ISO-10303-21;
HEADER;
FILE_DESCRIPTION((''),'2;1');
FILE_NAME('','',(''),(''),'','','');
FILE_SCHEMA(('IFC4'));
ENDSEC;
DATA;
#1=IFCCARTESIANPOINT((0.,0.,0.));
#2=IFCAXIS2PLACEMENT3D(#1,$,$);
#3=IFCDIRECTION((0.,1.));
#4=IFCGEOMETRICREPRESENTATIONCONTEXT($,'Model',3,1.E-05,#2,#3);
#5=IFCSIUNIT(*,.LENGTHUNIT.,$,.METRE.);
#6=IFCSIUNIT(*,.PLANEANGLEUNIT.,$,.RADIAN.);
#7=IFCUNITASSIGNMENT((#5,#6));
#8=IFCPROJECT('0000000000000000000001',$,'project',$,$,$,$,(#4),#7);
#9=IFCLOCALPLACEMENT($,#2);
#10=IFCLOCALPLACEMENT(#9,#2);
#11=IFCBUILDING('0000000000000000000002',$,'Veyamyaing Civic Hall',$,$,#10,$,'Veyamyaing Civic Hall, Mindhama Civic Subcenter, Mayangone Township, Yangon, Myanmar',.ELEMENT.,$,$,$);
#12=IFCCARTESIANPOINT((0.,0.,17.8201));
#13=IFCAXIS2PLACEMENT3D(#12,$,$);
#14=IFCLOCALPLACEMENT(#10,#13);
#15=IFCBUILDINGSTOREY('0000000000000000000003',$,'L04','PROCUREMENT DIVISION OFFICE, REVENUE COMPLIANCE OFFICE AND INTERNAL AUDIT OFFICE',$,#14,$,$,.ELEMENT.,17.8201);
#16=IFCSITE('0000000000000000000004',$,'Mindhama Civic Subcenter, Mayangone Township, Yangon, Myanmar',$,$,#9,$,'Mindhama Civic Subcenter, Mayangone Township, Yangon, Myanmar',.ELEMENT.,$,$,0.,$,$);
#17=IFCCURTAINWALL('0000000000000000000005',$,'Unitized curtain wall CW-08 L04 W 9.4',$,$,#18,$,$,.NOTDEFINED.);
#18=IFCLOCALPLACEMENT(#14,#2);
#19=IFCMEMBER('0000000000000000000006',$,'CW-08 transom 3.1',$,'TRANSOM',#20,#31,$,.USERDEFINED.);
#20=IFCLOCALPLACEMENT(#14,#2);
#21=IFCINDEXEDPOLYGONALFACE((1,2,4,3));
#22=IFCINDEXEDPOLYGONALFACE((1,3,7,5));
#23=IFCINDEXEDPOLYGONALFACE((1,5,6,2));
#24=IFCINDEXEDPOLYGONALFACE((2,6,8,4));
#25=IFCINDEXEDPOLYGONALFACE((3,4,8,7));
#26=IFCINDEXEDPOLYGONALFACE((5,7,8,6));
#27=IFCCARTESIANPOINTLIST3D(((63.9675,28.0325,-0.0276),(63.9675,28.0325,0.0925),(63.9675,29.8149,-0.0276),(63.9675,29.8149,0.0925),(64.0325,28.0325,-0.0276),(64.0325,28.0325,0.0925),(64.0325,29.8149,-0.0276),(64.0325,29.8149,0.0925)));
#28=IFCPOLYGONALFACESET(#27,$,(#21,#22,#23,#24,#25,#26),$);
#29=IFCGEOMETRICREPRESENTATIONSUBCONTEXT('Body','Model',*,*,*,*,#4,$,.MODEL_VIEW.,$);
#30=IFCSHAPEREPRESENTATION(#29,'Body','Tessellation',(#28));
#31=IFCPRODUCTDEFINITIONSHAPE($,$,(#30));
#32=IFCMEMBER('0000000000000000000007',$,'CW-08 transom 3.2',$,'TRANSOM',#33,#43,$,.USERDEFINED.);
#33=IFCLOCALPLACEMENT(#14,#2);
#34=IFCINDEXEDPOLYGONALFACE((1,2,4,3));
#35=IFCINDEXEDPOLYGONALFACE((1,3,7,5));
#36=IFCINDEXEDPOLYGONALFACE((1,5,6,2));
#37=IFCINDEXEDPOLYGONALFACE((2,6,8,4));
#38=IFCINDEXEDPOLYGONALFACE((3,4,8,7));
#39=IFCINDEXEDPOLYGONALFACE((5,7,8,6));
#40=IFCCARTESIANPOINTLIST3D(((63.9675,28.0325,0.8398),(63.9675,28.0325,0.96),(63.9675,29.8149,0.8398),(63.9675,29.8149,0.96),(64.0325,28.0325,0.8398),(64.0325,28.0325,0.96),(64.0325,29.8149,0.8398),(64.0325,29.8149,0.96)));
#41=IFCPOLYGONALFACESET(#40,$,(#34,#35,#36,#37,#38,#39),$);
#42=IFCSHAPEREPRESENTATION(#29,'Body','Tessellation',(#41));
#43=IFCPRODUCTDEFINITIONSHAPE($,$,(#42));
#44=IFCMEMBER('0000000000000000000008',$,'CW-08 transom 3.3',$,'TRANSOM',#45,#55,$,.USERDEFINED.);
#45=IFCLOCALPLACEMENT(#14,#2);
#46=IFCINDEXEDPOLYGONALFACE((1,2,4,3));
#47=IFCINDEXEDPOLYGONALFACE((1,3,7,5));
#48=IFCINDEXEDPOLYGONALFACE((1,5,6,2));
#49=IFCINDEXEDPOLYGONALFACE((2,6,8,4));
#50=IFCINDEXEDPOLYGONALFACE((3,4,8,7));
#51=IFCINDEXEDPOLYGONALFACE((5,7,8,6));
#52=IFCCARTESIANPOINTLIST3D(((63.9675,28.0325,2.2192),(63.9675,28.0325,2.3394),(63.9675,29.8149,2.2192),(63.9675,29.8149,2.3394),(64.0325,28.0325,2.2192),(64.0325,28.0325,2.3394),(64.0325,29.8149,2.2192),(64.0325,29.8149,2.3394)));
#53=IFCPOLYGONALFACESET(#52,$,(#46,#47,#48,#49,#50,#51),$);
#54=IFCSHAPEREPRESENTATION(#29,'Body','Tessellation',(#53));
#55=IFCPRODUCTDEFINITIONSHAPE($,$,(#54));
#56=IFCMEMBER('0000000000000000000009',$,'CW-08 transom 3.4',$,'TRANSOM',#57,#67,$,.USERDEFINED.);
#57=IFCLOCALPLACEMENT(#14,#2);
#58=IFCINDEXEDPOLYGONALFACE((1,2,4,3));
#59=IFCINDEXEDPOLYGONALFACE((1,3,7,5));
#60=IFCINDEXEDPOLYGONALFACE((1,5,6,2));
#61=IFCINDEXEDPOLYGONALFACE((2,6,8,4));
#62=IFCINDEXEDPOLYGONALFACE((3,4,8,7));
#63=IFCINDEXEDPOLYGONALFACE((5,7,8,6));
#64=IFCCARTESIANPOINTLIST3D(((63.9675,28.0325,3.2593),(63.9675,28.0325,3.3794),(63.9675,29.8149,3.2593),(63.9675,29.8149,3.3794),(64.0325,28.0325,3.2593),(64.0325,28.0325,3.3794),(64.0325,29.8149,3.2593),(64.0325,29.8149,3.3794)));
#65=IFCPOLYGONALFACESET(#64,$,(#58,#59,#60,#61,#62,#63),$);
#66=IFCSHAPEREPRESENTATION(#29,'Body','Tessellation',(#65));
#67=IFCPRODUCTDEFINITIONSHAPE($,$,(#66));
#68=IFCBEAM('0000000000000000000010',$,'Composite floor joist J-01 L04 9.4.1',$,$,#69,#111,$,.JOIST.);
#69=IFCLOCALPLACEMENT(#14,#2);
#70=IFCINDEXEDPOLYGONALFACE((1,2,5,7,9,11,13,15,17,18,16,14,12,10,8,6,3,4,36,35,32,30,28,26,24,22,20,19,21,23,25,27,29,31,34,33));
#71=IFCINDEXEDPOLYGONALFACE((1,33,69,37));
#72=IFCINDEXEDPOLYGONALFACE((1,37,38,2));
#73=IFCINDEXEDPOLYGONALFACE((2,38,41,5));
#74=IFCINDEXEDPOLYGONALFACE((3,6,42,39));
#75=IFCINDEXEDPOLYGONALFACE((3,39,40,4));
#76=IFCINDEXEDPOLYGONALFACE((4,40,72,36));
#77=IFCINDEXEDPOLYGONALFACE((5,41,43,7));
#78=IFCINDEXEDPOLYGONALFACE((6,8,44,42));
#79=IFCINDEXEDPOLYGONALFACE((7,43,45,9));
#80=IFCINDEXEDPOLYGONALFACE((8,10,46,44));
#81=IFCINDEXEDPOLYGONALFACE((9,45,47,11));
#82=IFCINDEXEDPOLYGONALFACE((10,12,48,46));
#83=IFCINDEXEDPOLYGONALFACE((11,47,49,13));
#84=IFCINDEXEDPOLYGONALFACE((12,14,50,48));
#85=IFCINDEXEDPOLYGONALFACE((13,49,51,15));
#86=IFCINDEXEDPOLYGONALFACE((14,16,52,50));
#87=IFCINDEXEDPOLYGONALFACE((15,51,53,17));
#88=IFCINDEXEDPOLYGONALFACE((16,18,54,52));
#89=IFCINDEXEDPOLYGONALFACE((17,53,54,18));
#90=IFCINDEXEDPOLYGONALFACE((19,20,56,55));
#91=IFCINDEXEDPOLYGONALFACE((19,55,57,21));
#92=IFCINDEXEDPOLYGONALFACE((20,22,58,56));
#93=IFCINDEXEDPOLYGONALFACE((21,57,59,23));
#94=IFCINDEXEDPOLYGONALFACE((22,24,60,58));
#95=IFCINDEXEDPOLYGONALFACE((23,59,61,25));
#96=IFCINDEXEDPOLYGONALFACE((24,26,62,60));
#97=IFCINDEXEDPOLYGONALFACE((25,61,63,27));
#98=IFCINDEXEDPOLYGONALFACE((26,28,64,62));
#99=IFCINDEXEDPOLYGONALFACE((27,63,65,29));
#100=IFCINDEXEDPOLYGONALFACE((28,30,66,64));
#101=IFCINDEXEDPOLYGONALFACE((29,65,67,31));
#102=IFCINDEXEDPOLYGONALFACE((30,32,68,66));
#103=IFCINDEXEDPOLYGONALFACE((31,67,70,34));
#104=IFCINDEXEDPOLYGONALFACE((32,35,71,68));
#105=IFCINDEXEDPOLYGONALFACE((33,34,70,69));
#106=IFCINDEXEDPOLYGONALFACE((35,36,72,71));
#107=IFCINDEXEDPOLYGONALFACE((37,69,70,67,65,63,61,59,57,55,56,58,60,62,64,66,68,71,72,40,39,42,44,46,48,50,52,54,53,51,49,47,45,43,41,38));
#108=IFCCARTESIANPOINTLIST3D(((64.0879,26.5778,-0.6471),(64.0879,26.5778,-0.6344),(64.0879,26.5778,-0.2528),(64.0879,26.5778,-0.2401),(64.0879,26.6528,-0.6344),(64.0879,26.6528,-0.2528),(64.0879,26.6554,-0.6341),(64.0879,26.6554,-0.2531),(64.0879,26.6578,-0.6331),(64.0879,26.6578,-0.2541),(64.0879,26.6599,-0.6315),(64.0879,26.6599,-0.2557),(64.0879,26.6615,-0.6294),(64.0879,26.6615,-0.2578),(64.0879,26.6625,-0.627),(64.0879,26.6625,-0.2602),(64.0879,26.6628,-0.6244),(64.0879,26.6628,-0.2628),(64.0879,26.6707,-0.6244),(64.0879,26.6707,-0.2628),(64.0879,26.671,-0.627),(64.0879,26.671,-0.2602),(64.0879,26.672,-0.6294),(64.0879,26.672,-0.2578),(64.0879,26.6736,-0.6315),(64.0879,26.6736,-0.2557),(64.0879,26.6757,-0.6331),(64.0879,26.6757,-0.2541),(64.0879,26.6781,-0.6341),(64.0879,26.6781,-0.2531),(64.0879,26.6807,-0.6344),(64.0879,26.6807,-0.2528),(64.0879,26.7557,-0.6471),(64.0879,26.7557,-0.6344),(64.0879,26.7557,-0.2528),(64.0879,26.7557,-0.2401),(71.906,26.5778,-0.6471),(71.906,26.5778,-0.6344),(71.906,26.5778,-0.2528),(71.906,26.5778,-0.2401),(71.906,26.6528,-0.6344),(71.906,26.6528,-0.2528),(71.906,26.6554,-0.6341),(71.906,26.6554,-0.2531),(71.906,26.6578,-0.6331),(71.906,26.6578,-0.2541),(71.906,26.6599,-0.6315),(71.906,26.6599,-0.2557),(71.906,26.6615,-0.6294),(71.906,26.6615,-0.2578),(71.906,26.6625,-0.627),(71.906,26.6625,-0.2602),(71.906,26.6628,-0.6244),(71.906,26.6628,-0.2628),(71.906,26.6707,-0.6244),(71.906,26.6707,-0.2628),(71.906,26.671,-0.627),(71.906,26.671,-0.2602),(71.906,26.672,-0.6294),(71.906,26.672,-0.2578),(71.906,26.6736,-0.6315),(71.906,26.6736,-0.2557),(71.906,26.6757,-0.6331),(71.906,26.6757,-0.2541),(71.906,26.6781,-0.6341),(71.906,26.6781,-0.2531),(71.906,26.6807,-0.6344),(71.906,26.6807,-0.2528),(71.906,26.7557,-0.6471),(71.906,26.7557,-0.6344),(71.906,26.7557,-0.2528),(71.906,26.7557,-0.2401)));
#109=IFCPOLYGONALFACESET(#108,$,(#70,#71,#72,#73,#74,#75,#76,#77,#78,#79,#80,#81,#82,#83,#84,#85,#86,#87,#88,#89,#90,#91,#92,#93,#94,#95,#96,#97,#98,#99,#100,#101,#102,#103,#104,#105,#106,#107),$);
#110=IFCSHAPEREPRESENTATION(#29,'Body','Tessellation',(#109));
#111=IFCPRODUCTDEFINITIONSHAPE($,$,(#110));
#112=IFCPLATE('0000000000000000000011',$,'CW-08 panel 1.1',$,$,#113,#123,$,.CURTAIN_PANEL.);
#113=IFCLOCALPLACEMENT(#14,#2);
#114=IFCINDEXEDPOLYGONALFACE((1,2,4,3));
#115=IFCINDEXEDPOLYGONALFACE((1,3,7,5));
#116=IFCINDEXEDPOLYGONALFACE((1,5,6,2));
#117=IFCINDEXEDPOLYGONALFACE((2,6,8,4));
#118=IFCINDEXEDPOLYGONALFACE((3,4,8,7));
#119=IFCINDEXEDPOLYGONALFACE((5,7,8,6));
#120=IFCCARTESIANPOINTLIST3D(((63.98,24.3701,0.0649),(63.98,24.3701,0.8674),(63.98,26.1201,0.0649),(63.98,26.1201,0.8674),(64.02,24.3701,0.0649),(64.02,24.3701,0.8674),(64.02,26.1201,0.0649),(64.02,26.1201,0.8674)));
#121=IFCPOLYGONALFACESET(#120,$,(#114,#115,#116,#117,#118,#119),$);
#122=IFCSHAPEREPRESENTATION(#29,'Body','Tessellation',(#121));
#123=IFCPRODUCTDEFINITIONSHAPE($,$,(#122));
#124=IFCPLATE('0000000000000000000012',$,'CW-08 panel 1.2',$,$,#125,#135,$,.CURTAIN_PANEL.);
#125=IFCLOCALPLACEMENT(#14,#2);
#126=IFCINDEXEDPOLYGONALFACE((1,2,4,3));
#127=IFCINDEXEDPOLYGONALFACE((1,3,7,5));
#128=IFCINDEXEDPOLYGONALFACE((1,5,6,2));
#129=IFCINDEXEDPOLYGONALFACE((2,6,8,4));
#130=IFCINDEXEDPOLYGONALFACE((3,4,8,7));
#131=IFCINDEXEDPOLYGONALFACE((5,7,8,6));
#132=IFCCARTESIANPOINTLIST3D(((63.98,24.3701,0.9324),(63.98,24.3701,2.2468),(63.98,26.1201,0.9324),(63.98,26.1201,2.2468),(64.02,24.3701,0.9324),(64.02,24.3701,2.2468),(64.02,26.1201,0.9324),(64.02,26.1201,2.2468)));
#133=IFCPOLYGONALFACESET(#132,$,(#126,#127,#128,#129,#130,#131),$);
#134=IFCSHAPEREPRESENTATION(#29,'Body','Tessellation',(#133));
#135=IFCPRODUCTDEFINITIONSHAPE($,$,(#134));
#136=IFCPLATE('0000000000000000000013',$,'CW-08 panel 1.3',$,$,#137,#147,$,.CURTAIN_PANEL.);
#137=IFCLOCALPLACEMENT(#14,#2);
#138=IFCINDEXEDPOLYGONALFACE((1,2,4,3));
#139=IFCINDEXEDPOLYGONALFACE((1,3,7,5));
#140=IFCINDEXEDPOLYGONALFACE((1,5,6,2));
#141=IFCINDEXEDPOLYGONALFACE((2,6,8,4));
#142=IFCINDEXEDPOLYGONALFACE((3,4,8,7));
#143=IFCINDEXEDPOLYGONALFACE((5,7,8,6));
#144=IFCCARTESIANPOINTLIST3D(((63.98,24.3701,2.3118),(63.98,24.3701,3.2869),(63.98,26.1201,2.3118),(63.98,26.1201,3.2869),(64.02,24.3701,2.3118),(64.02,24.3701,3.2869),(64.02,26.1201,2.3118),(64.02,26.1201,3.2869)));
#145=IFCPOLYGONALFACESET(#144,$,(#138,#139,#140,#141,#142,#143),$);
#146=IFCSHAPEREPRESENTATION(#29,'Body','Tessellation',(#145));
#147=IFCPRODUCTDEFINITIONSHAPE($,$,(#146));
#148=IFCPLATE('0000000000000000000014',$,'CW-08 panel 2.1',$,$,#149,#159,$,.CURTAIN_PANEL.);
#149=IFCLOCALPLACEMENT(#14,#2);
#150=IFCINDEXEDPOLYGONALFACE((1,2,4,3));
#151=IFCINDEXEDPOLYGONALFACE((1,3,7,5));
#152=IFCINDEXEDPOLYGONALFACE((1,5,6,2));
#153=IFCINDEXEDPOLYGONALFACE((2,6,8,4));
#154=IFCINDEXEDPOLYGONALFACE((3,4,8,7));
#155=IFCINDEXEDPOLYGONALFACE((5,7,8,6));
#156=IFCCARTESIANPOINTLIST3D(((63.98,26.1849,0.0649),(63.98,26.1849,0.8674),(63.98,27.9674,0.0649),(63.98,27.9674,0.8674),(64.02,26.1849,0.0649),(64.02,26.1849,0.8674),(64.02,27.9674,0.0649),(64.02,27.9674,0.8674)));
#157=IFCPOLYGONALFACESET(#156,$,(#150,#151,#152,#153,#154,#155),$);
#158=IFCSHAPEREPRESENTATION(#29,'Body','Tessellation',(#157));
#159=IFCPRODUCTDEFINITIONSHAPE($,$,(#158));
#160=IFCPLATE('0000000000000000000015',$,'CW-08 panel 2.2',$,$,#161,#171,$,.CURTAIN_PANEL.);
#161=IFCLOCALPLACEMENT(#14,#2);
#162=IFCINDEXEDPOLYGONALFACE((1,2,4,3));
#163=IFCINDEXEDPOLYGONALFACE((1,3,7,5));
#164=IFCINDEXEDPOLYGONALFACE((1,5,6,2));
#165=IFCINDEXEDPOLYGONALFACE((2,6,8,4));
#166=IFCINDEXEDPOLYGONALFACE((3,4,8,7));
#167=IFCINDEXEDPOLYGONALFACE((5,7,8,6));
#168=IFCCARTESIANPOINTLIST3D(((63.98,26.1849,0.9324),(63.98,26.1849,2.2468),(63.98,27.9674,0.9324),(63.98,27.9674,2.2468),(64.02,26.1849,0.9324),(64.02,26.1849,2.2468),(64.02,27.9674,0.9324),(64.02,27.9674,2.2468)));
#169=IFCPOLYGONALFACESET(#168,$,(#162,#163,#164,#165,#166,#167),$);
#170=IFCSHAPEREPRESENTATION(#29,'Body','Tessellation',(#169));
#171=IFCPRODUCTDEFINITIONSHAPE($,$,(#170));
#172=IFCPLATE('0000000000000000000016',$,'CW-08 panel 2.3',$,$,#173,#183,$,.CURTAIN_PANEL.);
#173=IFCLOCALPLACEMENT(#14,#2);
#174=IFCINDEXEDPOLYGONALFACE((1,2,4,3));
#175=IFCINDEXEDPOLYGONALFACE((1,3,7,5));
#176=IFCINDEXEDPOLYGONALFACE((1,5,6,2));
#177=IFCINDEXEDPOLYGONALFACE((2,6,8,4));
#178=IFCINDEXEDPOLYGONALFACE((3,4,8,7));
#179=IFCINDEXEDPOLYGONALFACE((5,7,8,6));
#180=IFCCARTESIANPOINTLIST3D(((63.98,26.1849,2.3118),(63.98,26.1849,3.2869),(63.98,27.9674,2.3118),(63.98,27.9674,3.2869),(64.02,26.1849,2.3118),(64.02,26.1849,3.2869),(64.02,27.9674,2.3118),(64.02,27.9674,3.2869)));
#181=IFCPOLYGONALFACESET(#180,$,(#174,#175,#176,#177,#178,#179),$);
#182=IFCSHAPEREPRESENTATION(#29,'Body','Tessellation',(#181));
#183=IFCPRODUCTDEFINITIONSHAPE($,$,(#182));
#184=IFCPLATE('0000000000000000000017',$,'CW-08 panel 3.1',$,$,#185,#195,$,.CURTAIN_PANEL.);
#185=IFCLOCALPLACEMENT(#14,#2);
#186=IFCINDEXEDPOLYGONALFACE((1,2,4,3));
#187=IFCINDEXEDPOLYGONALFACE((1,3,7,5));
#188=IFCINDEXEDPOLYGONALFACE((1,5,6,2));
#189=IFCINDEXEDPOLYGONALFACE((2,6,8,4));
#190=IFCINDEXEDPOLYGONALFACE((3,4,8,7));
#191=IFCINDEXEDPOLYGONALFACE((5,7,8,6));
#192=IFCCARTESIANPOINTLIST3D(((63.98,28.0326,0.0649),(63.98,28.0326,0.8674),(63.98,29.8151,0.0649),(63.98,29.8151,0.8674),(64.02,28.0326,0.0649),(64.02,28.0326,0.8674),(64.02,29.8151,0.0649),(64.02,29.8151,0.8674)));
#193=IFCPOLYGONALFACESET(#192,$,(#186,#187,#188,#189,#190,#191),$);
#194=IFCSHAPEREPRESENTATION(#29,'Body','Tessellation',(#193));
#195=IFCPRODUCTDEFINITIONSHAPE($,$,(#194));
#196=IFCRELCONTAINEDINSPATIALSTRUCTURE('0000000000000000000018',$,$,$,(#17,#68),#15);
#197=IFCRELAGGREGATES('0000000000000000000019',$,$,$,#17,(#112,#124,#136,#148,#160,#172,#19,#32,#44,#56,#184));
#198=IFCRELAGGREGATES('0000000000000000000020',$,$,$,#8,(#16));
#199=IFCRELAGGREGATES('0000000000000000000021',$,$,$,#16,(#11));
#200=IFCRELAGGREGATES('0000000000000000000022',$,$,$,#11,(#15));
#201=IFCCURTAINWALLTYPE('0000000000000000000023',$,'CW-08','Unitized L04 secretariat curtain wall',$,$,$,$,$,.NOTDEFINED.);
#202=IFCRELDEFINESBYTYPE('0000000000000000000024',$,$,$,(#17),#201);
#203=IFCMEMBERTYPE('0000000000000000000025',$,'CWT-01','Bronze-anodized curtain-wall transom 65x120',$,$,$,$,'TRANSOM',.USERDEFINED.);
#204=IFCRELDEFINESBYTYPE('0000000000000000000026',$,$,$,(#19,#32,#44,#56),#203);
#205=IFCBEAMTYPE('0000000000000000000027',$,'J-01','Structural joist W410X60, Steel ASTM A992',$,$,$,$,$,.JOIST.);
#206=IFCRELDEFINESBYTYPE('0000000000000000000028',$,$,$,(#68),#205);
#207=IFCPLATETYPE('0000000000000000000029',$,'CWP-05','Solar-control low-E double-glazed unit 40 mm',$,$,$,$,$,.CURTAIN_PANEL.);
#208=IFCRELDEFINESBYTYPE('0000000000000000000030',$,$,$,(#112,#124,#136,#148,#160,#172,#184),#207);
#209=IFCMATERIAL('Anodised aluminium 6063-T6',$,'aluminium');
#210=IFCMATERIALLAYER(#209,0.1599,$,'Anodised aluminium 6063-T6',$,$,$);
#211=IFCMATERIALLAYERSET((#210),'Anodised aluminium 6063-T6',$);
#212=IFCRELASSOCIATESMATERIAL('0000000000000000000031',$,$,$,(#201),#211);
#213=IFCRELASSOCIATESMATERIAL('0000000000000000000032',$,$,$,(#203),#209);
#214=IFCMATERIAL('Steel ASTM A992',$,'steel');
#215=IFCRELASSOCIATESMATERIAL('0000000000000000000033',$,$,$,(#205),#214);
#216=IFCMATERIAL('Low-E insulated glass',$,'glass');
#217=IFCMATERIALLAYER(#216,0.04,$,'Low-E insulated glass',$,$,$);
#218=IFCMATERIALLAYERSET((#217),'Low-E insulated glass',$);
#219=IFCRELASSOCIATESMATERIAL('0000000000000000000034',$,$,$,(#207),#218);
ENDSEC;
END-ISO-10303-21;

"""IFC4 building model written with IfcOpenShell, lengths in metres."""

from ifc_helpers import new_model, si_unit, direction, frame, origin, origin_2d, place, context, subcontext, project, spatial, rectangle, i_section, extrude, material, layer, layer_set, material_profile, profile_set, type_object, element, aggregate, save


model = new_model("IFC4")

# Units and contexts
model_context = context("Model", 3, precision=1e-05, world=origin(), true_north=direction((0.0, 1.0)))
body_context = subcontext(model_context, "Body", "Model", "MODEL_VIEW")
ifc_project = project(units=[si_unit("LENGTHUNIT", "METRE"), si_unit("PLANEANGLEUNIT", "RADIAN")], contexts=[model_context])

# Site, building, storey
site_placement = place(None, origin())
site = spatial("IfcSite", under=ifc_project, at=site_placement, Name="Mindhama Civic Subcenter, Mayangone Township, Yangon, Myanmar", LongName="Mindhama Civic Subcenter, Mayangone Township, Yangon, Myanmar", CompositionType="ELEMENT", RefElevation=0.0)
building_placement = place(site_placement, origin())
building = spatial("IfcBuilding", under=site, at=building_placement, Name="Veyamyaing Civic Hall", LongName="Veyamyaing Civic Hall, Mindhama Civic Subcenter, Mayangone Township, Yangon, Myanmar", CompositionType="ELEMENT")
storey_placement = place(building_placement, frame((0.0, 0.0, 17.8201)))
storey = spatial("IfcBuildingStorey", under=building, at=storey_placement, Name="L04", Description="PROCUREMENT DIVISION OFFICE, REVENUE COMPLIANCE OFFICE AND INTERNAL AUDIT OFFICE", CompositionType="ELEMENT", Elevation=17.8201)

# Shared definitions
ifc_material_1 = material(Name="Steel ASTM A992", Category="steel")

# Curtain wall, members
ifc_material_2 = material(Name="Anodised aluminium 6063-T6", Category="aluminium")
ifc_layer_1 = layer(ifc_material_2, 0.1599, Name="Anodised aluminium 6063-T6")
ifc_layer_set_1 = layer_set([ifc_layer_1], Name="Anodised aluminium 6063-T6")
curtain_wall_type = type_object("IfcCurtainWallType", Name="CW-08", Description="Unitized L04 secretariat curtain wall", PredefinedType="NOTDEFINED", material=ifc_layer_set_1)
curtain_wall_placement = place(storey_placement, origin())
curtain_wall = element("IfcCurtainWall", 1, at=curtain_wall_placement, inside=storey, type_object=curtain_wall_type, Name="Unitized curtain wall CW-08 L04 W 9.4", PredefinedType="NOTDEFINED")
ifc_material_profile_1 = material_profile(ifc_material_2, rectangle(XDim=0.0649, YDim=0.1201, at=origin_2d()), Name="ALU-TRN-65X120")
ifc_profile_set_1 = profile_set([ifc_material_profile_1], Name="Anodised aluminium 6063-T6")
member_type_1 = type_object("IfcMemberType", Name="CWT-01", Description="Bronze-anodized curtain-wall transom 65x120", ElementType="TRANSOM", PredefinedType="USERDEFINED", material=ifc_profile_set_1)
member_1_placement = place(storey_placement, frame((64.0, 28.0325, 0.0325), z_axis=(0.0, 1.0, 0.0), x_axis=(-1.0, 0.0, 0.0)))
member_1 = element("IfcMember", 2, at=member_1_placement, type_object=member_type_1, Name="CW-08 transom 3.1", ObjectType="TRANSOM", PredefinedType="USERDEFINED", context=body_context, shape_type="SweptSolid", body=[
    extrude(rectangle(XDim=0.0649, YDim=0.1201, at=origin_2d()), origin(), (0.0, 0.0, 1.0), 1.7825),
])
member_2_placement = place(storey_placement, frame((64.0, 28.0325, 0.8999), z_axis=(0.0, 1.0, 0.0), x_axis=(-1.0, 0.0, 0.0)))
member_2 = element("IfcMember", 3, at=member_2_placement, type_object=member_type_1, Name="CW-08 transom 3.2", ObjectType="TRANSOM", PredefinedType="USERDEFINED", context=body_context, shape_type="SweptSolid", body=[
    extrude(rectangle(XDim=0.0649, YDim=0.1201, at=origin_2d()), origin(), (0.0, 0.0, 1.0), 1.7825),
])
member_3_placement = place(storey_placement, frame((64.0, 28.0325, 2.2793), z_axis=(0.0, 1.0, 0.0), x_axis=(-1.0, 0.0, 0.0)))
member_3 = element("IfcMember", 4, at=member_3_placement, type_object=member_type_1, Name="CW-08 transom 3.3", ObjectType="TRANSOM", PredefinedType="USERDEFINED", context=body_context, shape_type="SweptSolid", body=[
    extrude(rectangle(XDim=0.0649, YDim=0.1201, at=origin_2d()), origin(), (0.0, 0.0, 1.0), 1.7825),
])
member_4_placement = place(storey_placement, frame((64.0, 28.0325, 3.3193), z_axis=(0.0, 1.0, 0.0), x_axis=(-1.0, 0.0, 0.0)))
member_4 = element("IfcMember", 5, at=member_4_placement, type_object=member_type_1, Name="CW-08 transom 3.4", ObjectType="TRANSOM", PredefinedType="USERDEFINED", context=body_context, shape_type="SweptSolid", body=[
    extrude(rectangle(XDim=0.0649, YDim=0.1201, at=origin_2d()), origin(), (0.0, 0.0, 1.0), 1.7825),
])

# Beam
ifc_material_profile_2 = material_profile(ifc_material_1, i_section(OverallWidth=0.178, OverallDepth=0.407, WebThickness=0.0078, FlangeThickness=0.0127, FilletRadius=0.01, at=origin_2d()), Name="W410X60")
ifc_profile_set_2 = profile_set([ifc_material_profile_2], Name="Steel ASTM A992")
beam_type_1 = type_object("IfcBeamType", Name="J-01", Description="Structural joist W410X60, Steel ASTM A992", PredefinedType="JOIST", material=ifc_profile_set_2)
beam_1_placement = place(storey_placement, frame((64.0879, 26.6667, -0.4436), z_axis=(1.0, 0.0, 0.0), x_axis=(0.0, 1.0, 0.0)))
element("IfcBeam", 6, at=beam_1_placement, inside=storey, type_object=beam_type_1, Name="Composite floor joist J-01 L04 9.4.1", PredefinedType="JOIST", context=body_context, shape_type="SweptSolid", body=[
    extrude(i_section(OverallWidth=0.178, OverallDepth=0.407, WebThickness=0.0078, FlangeThickness=0.0127, FilletRadius=0.01, at=origin_2d()), origin(), (0.0, 0.0, 1.0), 7.8181),
])

# Plates
ifc_material_3 = material(Name="Low-E insulated glass", Category="glass")
ifc_layer_2 = layer(ifc_material_3, 0.04, Name="Low-E insulated glass")
ifc_layer_set_2 = layer_set([ifc_layer_2], Name="Low-E insulated glass")
plate_type = type_object("IfcPlateType", Name="CWP-05", Description="Solar-control low-E double-glazed unit 40 mm", PredefinedType="CURTAIN_PANEL", material=ifc_layer_set_2)
plate_1_placement = place(storey_placement, frame((64.0, 25.2451, 0.0649), z_axis=(0.0, 0.0, 1.0), x_axis=(0.0, 1.0, 0.0)))
plate_1 = element("IfcPlate", 7, at=plate_1_placement, type_object=plate_type, Name="CW-08 panel 1.1", PredefinedType="CURTAIN_PANEL", context=body_context, shape_type="SweptSolid", body=[
    extrude(rectangle(XDim=1.75, YDim=0.04, at=origin_2d()), origin(), (0.0, 0.0, 1.0), 0.8025),
])
plate_2_placement = place(storey_placement, frame((64.0, 25.2451, 0.9324), z_axis=(0.0, 0.0, 1.0), x_axis=(0.0, 1.0, 0.0)))
plate_2 = element("IfcPlate", 8, at=plate_2_placement, type_object=plate_type, Name="CW-08 panel 1.2", PredefinedType="CURTAIN_PANEL", context=body_context, shape_type="SweptSolid", body=[
    extrude(rectangle(XDim=1.75, YDim=0.04, at=origin_2d()), origin(), (0.0, 0.0, 1.0), 1.3145),
])
plate_3_placement = place(storey_placement, frame((64.0, 25.2451, 2.3118), z_axis=(0.0, 0.0, 1.0), x_axis=(0.0, 1.0, 0.0)))
plate_3 = element("IfcPlate", 9, at=plate_3_placement, type_object=plate_type, Name="CW-08 panel 1.3", PredefinedType="CURTAIN_PANEL", context=body_context, shape_type="SweptSolid", body=[
    extrude(rectangle(XDim=1.75, YDim=0.04, at=origin_2d()), origin(), (0.0, 0.0, 1.0), 0.9751),
])
plate_4_placement = place(storey_placement, frame((64.0, 27.0762, 0.0649), z_axis=(0.0, 0.0, 1.0), x_axis=(0.0, 1.0, 0.0)))
plate_4 = element("IfcPlate", 10, at=plate_4_placement, type_object=plate_type, Name="CW-08 panel 2.1", PredefinedType="CURTAIN_PANEL", context=body_context, shape_type="SweptSolid", body=[
    extrude(rectangle(XDim=1.7825, YDim=0.04, at=origin_2d()), origin(), (0.0, 0.0, 1.0), 0.8025),
])
plate_5_placement = place(storey_placement, frame((64.0, 27.0762, 0.9324), z_axis=(0.0, 0.0, 1.0), x_axis=(0.0, 1.0, 0.0)))
plate_5 = element("IfcPlate", 11, at=plate_5_placement, type_object=plate_type, Name="CW-08 panel 2.2", PredefinedType="CURTAIN_PANEL", context=body_context, shape_type="SweptSolid", body=[
    extrude(rectangle(XDim=1.7825, YDim=0.04, at=origin_2d()), origin(), (0.0, 0.0, 1.0), 1.3145),
])
plate_6_placement = place(storey_placement, frame((64.0, 27.0762, 2.3118), z_axis=(0.0, 0.0, 1.0), x_axis=(0.0, 1.0, 0.0)))
plate_6 = element("IfcPlate", 12, at=plate_6_placement, type_object=plate_type, Name="CW-08 panel 2.3", PredefinedType="CURTAIN_PANEL", context=body_context, shape_type="SweptSolid", body=[
    extrude(rectangle(XDim=1.7825, YDim=0.04, at=origin_2d()), origin(), (0.0, 0.0, 1.0), 0.9751),
])
plate_7_placement = place(storey_placement, frame((64.0, 28.9238, 0.0649), z_axis=(0.0, 0.0, 1.0), x_axis=(0.0, 1.0, 0.0)))
plate_7 = element("IfcPlate", 13, at=plate_7_placement, type_object=plate_type, Name="CW-08 panel 3.1", PredefinedType="CURTAIN_PANEL", context=body_context, shape_type="SweptSolid", body=[
    extrude(rectangle(XDim=1.7825, YDim=0.04, at=origin_2d()), origin(), (0.0, 0.0, 1.0), 0.8025),
])
aggregate(curtain_wall, [plate_1, plate_2, plate_3, plate_4, plate_5, plate_6, member_1, member_2, member_3, member_4, plate_7])

save(model, "model.ifc")
